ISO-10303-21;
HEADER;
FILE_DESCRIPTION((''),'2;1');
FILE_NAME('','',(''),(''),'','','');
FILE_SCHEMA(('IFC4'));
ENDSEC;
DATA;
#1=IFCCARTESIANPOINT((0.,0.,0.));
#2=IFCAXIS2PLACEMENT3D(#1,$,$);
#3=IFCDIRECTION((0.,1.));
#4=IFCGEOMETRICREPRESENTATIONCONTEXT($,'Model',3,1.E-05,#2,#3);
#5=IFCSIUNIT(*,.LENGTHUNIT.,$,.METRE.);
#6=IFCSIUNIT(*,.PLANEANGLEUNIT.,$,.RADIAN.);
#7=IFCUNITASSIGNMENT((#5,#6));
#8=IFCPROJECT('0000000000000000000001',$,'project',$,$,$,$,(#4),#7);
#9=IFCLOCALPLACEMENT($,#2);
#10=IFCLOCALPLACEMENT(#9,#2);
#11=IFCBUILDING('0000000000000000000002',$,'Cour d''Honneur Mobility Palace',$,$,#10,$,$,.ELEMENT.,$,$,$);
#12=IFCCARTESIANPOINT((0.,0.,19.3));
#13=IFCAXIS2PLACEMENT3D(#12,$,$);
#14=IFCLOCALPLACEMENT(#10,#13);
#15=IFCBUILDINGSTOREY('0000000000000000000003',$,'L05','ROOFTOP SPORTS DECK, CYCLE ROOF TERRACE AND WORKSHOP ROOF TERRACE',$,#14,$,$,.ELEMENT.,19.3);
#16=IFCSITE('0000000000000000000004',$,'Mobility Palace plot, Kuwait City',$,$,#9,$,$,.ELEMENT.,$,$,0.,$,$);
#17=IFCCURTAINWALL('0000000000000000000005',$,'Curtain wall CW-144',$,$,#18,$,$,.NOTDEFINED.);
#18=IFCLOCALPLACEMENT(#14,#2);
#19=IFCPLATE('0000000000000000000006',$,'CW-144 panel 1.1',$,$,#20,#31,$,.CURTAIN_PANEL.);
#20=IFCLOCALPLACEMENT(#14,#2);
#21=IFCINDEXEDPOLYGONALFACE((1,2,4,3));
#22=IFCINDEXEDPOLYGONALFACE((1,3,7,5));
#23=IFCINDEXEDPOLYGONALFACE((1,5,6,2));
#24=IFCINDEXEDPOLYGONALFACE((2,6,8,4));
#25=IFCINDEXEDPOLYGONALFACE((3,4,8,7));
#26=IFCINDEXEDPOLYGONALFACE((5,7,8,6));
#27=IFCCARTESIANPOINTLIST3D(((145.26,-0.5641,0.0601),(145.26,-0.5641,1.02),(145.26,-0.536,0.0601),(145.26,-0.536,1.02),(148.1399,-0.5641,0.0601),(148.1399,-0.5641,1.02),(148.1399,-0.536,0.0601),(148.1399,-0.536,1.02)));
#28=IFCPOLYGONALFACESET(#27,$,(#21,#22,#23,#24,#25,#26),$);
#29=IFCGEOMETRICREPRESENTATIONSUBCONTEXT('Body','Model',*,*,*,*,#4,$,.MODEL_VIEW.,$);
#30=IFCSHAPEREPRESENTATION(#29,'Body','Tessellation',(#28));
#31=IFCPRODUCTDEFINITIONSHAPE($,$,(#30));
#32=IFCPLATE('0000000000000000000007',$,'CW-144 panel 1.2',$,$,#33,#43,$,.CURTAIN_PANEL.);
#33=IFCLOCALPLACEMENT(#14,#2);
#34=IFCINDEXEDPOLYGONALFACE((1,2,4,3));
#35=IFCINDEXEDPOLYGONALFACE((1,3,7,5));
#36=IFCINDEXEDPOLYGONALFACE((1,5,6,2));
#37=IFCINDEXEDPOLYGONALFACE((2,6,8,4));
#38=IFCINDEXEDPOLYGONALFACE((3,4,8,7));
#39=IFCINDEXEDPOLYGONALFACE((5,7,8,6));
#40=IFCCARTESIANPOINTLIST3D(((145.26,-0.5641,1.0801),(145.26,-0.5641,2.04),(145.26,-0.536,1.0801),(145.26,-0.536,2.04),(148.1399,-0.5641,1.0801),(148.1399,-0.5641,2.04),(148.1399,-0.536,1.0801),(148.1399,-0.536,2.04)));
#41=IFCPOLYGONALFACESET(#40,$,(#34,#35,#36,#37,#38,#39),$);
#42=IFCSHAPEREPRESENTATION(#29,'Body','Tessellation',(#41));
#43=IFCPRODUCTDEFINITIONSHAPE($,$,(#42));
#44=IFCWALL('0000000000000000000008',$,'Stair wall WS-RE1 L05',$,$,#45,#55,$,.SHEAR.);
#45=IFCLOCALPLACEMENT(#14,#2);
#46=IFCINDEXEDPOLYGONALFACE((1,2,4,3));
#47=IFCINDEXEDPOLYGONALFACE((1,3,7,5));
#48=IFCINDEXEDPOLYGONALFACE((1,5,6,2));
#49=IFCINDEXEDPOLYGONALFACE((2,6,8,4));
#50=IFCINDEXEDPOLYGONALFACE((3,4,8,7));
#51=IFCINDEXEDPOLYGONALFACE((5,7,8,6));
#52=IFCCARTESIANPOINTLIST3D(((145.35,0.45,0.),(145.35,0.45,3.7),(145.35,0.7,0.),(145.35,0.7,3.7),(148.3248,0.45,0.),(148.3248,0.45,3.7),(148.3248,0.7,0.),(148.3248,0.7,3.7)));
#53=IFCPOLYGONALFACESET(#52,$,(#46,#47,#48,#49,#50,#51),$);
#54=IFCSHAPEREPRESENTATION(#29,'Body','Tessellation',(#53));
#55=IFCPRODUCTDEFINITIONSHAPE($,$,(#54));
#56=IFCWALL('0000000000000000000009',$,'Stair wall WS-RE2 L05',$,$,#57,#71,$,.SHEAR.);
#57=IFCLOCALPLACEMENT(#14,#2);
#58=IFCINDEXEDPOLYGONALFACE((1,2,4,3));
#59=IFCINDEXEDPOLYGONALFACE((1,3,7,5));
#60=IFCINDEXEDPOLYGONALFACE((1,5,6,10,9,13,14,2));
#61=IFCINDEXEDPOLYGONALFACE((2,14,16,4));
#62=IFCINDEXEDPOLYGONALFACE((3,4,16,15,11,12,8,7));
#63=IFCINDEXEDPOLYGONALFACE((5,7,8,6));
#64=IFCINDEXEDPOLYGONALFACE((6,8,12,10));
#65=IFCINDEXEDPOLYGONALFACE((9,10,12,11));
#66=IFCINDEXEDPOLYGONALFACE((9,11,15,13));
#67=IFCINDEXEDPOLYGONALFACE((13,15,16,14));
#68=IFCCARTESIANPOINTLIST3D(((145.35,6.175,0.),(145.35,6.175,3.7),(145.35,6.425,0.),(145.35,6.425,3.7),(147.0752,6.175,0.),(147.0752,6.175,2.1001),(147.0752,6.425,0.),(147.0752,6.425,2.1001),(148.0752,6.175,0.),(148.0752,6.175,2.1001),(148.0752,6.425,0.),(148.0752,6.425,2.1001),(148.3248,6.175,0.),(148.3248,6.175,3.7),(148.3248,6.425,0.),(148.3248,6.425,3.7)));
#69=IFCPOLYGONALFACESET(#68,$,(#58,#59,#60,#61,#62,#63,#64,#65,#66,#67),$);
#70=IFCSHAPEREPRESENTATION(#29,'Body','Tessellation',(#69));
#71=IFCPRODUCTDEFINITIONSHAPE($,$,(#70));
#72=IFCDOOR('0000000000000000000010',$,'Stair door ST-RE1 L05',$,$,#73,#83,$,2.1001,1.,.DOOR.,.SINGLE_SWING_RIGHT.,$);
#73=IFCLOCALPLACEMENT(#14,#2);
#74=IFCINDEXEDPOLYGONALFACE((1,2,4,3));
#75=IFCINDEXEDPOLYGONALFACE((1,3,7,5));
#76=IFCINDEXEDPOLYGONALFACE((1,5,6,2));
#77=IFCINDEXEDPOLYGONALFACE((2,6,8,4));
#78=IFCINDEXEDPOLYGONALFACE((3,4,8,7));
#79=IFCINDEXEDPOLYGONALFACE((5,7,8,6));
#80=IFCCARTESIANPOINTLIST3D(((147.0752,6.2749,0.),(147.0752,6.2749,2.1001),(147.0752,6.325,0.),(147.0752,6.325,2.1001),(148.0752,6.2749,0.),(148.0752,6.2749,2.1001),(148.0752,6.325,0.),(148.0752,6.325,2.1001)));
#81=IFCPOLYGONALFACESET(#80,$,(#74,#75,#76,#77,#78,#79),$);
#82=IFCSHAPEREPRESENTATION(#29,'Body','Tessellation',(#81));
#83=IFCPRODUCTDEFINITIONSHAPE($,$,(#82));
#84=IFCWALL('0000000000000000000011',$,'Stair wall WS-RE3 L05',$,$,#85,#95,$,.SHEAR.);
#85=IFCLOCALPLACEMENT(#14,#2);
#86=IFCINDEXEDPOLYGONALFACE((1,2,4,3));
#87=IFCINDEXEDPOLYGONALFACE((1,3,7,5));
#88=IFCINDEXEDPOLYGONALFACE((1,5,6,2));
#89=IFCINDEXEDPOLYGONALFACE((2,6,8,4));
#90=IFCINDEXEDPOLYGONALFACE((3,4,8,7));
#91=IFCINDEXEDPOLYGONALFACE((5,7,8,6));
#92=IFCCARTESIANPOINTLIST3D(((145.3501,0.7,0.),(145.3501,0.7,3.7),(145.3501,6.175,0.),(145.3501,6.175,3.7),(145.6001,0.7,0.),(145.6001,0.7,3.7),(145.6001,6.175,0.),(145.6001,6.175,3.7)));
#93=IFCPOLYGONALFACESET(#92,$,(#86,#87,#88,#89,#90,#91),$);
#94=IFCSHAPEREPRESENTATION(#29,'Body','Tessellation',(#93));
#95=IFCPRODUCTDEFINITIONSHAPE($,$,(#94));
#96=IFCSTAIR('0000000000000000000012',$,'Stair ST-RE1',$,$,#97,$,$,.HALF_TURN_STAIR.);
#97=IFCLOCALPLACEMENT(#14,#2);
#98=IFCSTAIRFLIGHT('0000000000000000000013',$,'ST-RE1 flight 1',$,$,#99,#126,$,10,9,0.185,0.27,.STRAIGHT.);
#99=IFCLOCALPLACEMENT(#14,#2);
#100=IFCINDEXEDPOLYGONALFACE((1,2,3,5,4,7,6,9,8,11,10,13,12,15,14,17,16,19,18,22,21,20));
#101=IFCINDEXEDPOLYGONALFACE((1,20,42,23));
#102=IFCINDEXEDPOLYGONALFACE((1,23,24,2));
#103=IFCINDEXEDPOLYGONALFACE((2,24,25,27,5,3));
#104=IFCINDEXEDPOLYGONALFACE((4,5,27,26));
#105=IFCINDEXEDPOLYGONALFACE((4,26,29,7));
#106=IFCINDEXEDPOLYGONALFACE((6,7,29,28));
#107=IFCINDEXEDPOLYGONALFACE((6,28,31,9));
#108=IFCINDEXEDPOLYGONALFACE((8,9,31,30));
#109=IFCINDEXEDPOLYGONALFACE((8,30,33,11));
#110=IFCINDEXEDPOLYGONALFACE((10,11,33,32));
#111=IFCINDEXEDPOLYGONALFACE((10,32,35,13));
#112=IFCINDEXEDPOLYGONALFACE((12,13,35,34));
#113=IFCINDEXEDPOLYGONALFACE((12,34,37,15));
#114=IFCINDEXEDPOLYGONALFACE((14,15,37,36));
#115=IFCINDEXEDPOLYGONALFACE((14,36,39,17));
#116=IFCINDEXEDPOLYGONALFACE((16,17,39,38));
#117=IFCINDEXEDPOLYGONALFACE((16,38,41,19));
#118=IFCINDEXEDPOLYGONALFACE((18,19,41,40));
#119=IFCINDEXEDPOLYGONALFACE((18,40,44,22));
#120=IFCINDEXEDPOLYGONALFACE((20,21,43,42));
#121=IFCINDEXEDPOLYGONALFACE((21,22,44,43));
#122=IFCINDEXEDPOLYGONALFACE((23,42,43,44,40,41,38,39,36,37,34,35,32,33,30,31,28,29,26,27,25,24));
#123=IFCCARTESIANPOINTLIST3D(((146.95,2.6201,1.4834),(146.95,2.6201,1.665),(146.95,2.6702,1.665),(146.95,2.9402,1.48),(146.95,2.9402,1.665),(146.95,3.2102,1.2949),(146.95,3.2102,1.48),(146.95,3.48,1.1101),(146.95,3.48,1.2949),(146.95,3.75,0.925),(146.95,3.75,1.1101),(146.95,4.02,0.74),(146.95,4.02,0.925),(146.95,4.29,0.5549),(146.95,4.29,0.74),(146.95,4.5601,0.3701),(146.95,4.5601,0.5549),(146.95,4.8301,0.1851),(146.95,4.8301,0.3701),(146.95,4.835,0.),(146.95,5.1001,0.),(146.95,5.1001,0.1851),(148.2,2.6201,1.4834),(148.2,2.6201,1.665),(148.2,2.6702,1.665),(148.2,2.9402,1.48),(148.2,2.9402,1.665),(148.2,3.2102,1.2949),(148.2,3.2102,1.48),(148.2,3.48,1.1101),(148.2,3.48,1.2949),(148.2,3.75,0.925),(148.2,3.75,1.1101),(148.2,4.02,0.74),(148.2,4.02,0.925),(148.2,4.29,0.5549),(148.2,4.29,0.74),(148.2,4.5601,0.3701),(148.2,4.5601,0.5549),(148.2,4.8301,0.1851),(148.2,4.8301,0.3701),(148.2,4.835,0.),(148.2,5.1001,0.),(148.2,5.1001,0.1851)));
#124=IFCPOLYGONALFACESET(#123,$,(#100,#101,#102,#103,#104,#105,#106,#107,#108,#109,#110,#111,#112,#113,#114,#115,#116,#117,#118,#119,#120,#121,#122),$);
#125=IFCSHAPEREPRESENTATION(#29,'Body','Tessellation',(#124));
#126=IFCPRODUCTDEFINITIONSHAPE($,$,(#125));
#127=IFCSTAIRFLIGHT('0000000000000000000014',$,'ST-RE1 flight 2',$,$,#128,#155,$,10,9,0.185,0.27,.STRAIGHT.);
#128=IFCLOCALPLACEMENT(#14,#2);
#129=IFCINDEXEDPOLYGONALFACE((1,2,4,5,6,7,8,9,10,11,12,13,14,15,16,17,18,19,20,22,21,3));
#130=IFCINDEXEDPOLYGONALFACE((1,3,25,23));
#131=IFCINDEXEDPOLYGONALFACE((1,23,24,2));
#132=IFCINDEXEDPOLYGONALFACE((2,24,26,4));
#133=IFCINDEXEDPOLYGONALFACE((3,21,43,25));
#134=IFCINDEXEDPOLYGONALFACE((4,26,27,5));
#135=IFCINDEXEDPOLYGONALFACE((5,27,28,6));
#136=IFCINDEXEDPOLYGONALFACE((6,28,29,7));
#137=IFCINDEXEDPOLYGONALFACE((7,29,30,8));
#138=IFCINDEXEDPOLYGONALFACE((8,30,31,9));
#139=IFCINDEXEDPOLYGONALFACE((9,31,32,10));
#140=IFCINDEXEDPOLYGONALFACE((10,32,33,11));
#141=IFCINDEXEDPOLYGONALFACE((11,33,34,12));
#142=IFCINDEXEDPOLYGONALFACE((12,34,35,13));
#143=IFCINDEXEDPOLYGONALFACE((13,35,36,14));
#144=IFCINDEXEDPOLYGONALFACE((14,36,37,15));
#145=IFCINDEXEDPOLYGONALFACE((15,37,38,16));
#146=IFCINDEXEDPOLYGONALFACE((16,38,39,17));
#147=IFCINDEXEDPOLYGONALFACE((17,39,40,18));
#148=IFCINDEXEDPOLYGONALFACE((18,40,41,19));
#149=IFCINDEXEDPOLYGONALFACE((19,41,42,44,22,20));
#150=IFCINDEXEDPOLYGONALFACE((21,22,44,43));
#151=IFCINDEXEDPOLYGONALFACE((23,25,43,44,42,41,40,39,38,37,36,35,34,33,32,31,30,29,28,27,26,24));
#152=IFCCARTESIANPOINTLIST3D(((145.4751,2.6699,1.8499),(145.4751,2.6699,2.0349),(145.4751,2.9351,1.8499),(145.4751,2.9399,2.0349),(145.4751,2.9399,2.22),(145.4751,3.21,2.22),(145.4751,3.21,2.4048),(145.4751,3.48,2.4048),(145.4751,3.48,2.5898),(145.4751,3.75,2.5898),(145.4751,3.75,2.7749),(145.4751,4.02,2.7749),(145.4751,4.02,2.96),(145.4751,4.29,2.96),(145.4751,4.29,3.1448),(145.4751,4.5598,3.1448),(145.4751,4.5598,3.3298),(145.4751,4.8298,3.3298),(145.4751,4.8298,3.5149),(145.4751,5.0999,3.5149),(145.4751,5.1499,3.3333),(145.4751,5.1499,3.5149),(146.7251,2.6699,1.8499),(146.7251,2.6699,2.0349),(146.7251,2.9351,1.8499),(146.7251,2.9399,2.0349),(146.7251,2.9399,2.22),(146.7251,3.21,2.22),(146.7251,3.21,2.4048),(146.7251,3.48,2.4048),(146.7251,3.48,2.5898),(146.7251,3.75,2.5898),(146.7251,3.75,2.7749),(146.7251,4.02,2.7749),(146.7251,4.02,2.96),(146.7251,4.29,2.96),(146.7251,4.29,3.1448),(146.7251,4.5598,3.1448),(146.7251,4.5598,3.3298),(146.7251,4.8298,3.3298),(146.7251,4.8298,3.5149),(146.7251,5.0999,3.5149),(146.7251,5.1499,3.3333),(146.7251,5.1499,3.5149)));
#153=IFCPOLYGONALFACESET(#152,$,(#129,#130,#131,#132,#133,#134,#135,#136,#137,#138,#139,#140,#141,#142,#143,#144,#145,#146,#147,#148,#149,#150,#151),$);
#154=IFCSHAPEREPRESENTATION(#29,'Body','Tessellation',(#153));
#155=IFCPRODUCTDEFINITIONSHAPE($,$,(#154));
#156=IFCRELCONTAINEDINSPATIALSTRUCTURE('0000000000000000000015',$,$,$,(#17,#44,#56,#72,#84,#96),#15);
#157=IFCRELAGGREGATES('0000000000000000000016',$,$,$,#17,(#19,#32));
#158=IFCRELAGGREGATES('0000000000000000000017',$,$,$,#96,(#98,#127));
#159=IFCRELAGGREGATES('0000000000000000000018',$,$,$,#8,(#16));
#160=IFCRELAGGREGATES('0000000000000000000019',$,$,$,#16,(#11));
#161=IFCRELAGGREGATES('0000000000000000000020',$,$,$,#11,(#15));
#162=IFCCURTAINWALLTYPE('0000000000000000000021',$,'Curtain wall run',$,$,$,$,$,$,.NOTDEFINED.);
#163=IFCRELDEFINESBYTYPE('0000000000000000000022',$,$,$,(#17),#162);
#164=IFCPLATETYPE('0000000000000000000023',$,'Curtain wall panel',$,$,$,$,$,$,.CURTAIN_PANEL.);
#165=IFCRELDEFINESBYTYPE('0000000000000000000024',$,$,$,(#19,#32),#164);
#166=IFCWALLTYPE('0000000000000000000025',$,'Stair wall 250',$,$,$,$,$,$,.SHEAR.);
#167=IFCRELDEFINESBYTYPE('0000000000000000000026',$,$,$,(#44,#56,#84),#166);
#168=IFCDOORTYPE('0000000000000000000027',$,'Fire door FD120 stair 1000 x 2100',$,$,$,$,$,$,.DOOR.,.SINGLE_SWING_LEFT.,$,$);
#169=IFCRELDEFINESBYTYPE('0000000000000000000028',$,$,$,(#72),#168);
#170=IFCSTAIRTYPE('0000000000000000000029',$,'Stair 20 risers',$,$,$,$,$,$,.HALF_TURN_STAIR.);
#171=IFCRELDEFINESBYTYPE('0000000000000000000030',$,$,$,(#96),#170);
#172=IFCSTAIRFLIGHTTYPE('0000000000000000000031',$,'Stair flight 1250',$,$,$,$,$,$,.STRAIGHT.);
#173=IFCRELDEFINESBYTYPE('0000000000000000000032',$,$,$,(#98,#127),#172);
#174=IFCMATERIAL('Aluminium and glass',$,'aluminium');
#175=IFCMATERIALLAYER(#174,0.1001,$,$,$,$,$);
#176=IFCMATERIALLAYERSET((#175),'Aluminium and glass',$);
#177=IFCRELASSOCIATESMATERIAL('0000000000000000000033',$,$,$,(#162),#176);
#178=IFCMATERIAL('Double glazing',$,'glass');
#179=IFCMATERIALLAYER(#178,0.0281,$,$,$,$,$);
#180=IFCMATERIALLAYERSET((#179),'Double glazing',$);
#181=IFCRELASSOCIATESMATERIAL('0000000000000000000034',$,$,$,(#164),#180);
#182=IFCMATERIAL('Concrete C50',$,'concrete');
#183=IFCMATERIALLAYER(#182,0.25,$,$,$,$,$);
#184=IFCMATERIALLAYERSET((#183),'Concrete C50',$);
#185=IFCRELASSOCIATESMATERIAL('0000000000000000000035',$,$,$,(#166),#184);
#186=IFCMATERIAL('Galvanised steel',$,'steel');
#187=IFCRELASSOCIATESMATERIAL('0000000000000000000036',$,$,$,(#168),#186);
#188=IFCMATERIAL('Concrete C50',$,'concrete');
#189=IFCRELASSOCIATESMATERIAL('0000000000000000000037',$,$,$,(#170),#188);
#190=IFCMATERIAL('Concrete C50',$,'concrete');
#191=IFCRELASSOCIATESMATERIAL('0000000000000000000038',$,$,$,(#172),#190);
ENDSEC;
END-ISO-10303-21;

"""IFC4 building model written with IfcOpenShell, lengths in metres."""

from ifc_helpers import new_model, si_unit, direction, frame, frame_2d, origin, origin_2d, place, context, subcontext, project, spatial, polyline, rectangle, outline, extrude, material, layer, layer_set, type_object, element, fill, aggregate, save


model = new_model("IFC4")

# Units and contexts
model_context = context("Model", 3, precision=1e-05, world=origin(), true_north=direction((0.0, 1.0)))
body_context = subcontext(model_context, "Body", "Model", "MODEL_VIEW")
ifc_project = project(units=[si_unit("LENGTHUNIT", "METRE"), si_unit("PLANEANGLEUNIT", "RADIAN")], contexts=[model_context])

# Site, building, storey
site_placement = place(None, origin())
site = spatial("IfcSite", under=ifc_project, at=site_placement, Name="Mobility Palace plot, Kuwait City", CompositionType="ELEMENT", RefElevation=0.0)
building_placement = place(site_placement, origin())
building = spatial("IfcBuilding", under=site, at=building_placement, Name="Cour d'Honneur Mobility Palace", CompositionType="ELEMENT")
storey_placement = place(building_placement, frame((0.0, 0.0, 19.3)))
storey = spatial("IfcBuildingStorey", under=building, at=storey_placement, Name="L05", Description="ROOFTOP SPORTS DECK, CYCLE ROOF TERRACE AND WORKSHOP ROOF TERRACE", CompositionType="ELEMENT", Elevation=19.3)

# Curtain wall
ifc_material_1 = material(Name="Aluminium and glass", Category="aluminium")
ifc_layer_1 = layer(ifc_material_1, 0.1001)
ifc_layer_set_1 = layer_set([ifc_layer_1], Name="Aluminium and glass")
curtain_wall_type = type_object("IfcCurtainWallType", Name="Curtain wall run", PredefinedType="NOTDEFINED", material=ifc_layer_set_1)
curtain_wall_placement = place(storey_placement, origin())
curtain_wall = element("IfcCurtainWall", 1, at=curtain_wall_placement, inside=storey, type_object=curtain_wall_type, Name="Curtain wall CW-144", PredefinedType="NOTDEFINED")

# Plates
ifc_material_2 = material(Name="Double glazing", Category="glass")
ifc_layer_2 = layer(ifc_material_2, 0.0281)
ifc_layer_set_2 = layer_set([ifc_layer_2], Name="Double glazing")
plate_type = type_object("IfcPlateType", Name="Curtain wall panel", PredefinedType="CURTAIN_PANEL", material=ifc_layer_set_2)
plate_1_placement = place(storey_placement, frame((146.7, -0.55, 0.0601), z_axis=(0.0, 0.0, 1.0), x_axis=(1.0, 0.0, 0.0)))
plate_1 = element("IfcPlate", 2, at=plate_1_placement, type_object=plate_type, Name="CW-144 panel 1.1", PredefinedType="CURTAIN_PANEL", context=body_context, shape_type="SweptSolid", body=[
    extrude(rectangle(XDim=2.8799, YDim=0.0281, at=origin_2d()), origin(), (0.0, 0.0, 1.0), 0.96),
])
plate_2_placement = place(storey_placement, frame((146.7, -0.55, 1.0801), z_axis=(0.0, 0.0, 1.0), x_axis=(1.0, 0.0, 0.0)))
plate_2 = element("IfcPlate", 3, at=plate_2_placement, type_object=plate_type, Name="CW-144 panel 1.2", PredefinedType="CURTAIN_PANEL", context=body_context, shape_type="SweptSolid", body=[
    extrude(rectangle(XDim=2.8799, YDim=0.0281, at=origin_2d()), origin(), (0.0, 0.0, 1.0), 0.96),
])
aggregate(curtain_wall, [plate_1, plate_2])

# Wall
ifc_material_3 = material(Name="Concrete C50", Category="concrete")
ifc_layer_3 = layer(ifc_material_3, 0.25)
ifc_layer_set_3 = layer_set([ifc_layer_3], Name="Concrete C50")
wall_type = type_object("IfcWallType", Name="Stair wall 250", PredefinedType="SHEAR", material=ifc_layer_set_3)
wall_1_placement = place(storey_placement, frame((145.3501, 0.575, 0.0), z_axis=(0.0, 0.0, 1.0), x_axis=(1.0, 0.0, 0.0)))
element("IfcWall", 4, at=wall_1_placement, inside=storey, type_object=wall_type, Name="Stair wall WS-RE1 L05", PredefinedType="SHEAR", context=body_context, shape_type="SweptSolid", body=[
    extrude(rectangle(XDim=2.9749, YDim=0.25, at=frame_2d((1.4873, 0.0))), origin(), (0.0, 0.0, 1.0), 3.7),
])

# Wall, opening, door
wall_2_placement = place(storey_placement, frame((145.3501, 6.3, 0.0), z_axis=(0.0, 0.0, 1.0), x_axis=(1.0, 0.0, 0.0)))
wall_2 = element("IfcWall", 5, at=wall_2_placement, inside=storey, type_object=wall_type, Name="Stair wall WS-RE2 L05", PredefinedType="SHEAR", context=body_context, shape_type="SweptSolid", body=[
    extrude(rectangle(XDim=2.9749, YDim=0.25, at=frame_2d((1.4873, 0.0))), origin(), (0.0, 0.0, 1.0), 3.7),
])
opening_placement = place(wall_2_placement, frame((1.7251, 0.0, 0.0)))
opening = element("IfcOpeningElement", 6, at=opening_placement, cuts=wall_2, PredefinedType="OPENING", context=body_context, shape_type="SweptSolid", body=[
    extrude(rectangle(XDim=1.0, YDim=2.1001, at=frame_2d((0.5, 1.05))), frame((0.0, 0.135, 0.0), z_axis=(0.0, -1.0, 0.0), x_axis=(1.0, 0.0, 0.0)), (0.0, 0.0, 1.0), 0.27),
])
ifc_material_4 = material(Name="Galvanised steel", Category="steel")
door_type = type_object("IfcDoorType", Name="Fire door FD120 stair 1000 x 2100", OperationType="SINGLE_SWING_LEFT", PredefinedType="DOOR", material=ifc_material_4)
door_placement = place(opening_placement, origin())
door = element("IfcDoor", 7, at=door_placement, inside=storey, type_object=door_type, Name="Stair door ST-RE1 L05", OperationType="SINGLE_SWING_RIGHT", OverallHeight=2.1001, OverallWidth=1.0, PredefinedType="DOOR", context=body_context, shape_type="SweptSolid", body=[
    extrude(rectangle(XDim=1.0, YDim=2.1001, at=frame_2d((0.5, 1.05))), frame((0.0, 0.0249, 0.0), z_axis=(0.0, -1.0, 0.0), x_axis=(1.0, 0.0, 0.0)), (0.0, 0.0, 1.0), 0.05),
])
fill(opening, door)

# Wall
wall_3_placement = place(storey_placement, frame((145.4751, 0.7, 0.0), z_axis=(0.0, 0.0, 1.0), x_axis=(0.0, 1.0, 0.0)))
element("IfcWall", 8, at=wall_3_placement, inside=storey, type_object=wall_type, Name="Stair wall WS-RE3 L05", PredefinedType="SHEAR", context=body_context, shape_type="SweptSolid", body=[
    extrude(rectangle(XDim=5.4751, YDim=0.25, at=frame_2d((2.7375, 0.0))), origin(), (0.0, 0.0, 1.0), 3.7),
])

# Stair, stair flights
ifc_material_5 = material(Name="Concrete C50", Category="concrete")
stair_type = type_object("IfcStairType", Name="Stair 20 risers", PredefinedType="HALF_TURN_STAIR", material=ifc_material_5)
stair_placement = place(storey_placement, origin())
stair = element("IfcStair", 9, at=stair_placement, inside=storey, type_object=stair_type, Name="Stair ST-RE1", PredefinedType="HALF_TURN_STAIR")
ifc_material_6 = material(Name="Concrete C50", Category="concrete")
stair_flight_type = type_object("IfcStairFlightType", Name="Stair flight 1250", PredefinedType="STRAIGHT", material=ifc_material_6)
stair_flight_1_placement = place(storey_placement, frame((147.575, 5.1001, 0.0), z_axis=(0.0, 0.0, 1.0), x_axis=(0.0, -1.0, 0.0)))
stair_flight_1 = element("IfcStairFlight", 10, at=stair_flight_1_placement, type_object=stair_flight_type, Name="ST-RE1 flight 1", NumberOfRisers=10, NumberOfTreads=9, PredefinedType="STRAIGHT", RiserHeight=0.185, TreadLength=0.27, context=body_context, shape_type="SweptSolid", body=[
    extrude(outline(polyline([(0.0, 0.0), (0.0, 0.1851), (0.27, 0.1851), (0.27, 0.3701), (0.54, 0.3701), (0.54, 0.5549), (0.8101, 0.5549), (0.8101, 0.74), (1.0801, 0.74), (1.0801, 0.925), (1.3501, 0.925), (1.3501, 1.1101), (1.6201, 1.1101), (1.6201, 1.2949), (1.8899, 1.2949), (1.8899, 1.48), (2.1599, 1.48), (2.1599, 1.665), (2.4299, 1.665), (2.48, 1.665), (2.48, 1.4834), (0.2651, 0.0), (0.0, 0.0)])), frame((0.0, 0.625, 0.0), z_axis=(0.0, -1.0, 0.0), x_axis=(1.0, 0.0, 0.0)), (0.0, 0.0, 1.0), 1.25),
])
stair_flight_2_placement = place(storey_placement, frame((146.1001, 2.6699, 1.8499), z_axis=(0.0, 0.0, 1.0), x_axis=(0.0, 1.0, 0.0)))
stair_flight_2 = element("IfcStairFlight", 11, at=stair_flight_2_placement, type_object=stair_flight_type, Name="ST-RE1 flight 2", NumberOfRisers=10, NumberOfTreads=9, PredefinedType="STRAIGHT", RiserHeight=0.185, TreadLength=0.27, context=body_context, shape_type="SweptSolid", body=[
    extrude(outline(polyline([(0.0, 0.0), (0.0, 0.1851), (0.27, 0.1851), (0.27, 0.3701), (0.54, 0.3701), (0.54, 0.5549), (0.8101, 0.5549), (0.8101, 0.74), (1.0801, 0.74), (1.0801, 0.925), (1.3501, 0.925), (1.3501, 1.1101), (1.6201, 1.1101), (1.6201, 1.2949), (1.8899, 1.2949), (1.8899, 1.48), (2.1599, 1.48), (2.1599, 1.665), (2.4299, 1.665), (2.48, 1.665), (2.48, 1.4834), (0.2651, 0.0), (0.0, 0.0)])), frame((0.0, 0.625, 0.0), z_axis=(0.0, -1.0, 0.0), x_axis=(1.0, 0.0, 0.0)), (0.0, 0.0, 1.0), 1.25),
])
aggregate(stair, [stair_flight_1, stair_flight_2])

save(model, "model.ifc")
